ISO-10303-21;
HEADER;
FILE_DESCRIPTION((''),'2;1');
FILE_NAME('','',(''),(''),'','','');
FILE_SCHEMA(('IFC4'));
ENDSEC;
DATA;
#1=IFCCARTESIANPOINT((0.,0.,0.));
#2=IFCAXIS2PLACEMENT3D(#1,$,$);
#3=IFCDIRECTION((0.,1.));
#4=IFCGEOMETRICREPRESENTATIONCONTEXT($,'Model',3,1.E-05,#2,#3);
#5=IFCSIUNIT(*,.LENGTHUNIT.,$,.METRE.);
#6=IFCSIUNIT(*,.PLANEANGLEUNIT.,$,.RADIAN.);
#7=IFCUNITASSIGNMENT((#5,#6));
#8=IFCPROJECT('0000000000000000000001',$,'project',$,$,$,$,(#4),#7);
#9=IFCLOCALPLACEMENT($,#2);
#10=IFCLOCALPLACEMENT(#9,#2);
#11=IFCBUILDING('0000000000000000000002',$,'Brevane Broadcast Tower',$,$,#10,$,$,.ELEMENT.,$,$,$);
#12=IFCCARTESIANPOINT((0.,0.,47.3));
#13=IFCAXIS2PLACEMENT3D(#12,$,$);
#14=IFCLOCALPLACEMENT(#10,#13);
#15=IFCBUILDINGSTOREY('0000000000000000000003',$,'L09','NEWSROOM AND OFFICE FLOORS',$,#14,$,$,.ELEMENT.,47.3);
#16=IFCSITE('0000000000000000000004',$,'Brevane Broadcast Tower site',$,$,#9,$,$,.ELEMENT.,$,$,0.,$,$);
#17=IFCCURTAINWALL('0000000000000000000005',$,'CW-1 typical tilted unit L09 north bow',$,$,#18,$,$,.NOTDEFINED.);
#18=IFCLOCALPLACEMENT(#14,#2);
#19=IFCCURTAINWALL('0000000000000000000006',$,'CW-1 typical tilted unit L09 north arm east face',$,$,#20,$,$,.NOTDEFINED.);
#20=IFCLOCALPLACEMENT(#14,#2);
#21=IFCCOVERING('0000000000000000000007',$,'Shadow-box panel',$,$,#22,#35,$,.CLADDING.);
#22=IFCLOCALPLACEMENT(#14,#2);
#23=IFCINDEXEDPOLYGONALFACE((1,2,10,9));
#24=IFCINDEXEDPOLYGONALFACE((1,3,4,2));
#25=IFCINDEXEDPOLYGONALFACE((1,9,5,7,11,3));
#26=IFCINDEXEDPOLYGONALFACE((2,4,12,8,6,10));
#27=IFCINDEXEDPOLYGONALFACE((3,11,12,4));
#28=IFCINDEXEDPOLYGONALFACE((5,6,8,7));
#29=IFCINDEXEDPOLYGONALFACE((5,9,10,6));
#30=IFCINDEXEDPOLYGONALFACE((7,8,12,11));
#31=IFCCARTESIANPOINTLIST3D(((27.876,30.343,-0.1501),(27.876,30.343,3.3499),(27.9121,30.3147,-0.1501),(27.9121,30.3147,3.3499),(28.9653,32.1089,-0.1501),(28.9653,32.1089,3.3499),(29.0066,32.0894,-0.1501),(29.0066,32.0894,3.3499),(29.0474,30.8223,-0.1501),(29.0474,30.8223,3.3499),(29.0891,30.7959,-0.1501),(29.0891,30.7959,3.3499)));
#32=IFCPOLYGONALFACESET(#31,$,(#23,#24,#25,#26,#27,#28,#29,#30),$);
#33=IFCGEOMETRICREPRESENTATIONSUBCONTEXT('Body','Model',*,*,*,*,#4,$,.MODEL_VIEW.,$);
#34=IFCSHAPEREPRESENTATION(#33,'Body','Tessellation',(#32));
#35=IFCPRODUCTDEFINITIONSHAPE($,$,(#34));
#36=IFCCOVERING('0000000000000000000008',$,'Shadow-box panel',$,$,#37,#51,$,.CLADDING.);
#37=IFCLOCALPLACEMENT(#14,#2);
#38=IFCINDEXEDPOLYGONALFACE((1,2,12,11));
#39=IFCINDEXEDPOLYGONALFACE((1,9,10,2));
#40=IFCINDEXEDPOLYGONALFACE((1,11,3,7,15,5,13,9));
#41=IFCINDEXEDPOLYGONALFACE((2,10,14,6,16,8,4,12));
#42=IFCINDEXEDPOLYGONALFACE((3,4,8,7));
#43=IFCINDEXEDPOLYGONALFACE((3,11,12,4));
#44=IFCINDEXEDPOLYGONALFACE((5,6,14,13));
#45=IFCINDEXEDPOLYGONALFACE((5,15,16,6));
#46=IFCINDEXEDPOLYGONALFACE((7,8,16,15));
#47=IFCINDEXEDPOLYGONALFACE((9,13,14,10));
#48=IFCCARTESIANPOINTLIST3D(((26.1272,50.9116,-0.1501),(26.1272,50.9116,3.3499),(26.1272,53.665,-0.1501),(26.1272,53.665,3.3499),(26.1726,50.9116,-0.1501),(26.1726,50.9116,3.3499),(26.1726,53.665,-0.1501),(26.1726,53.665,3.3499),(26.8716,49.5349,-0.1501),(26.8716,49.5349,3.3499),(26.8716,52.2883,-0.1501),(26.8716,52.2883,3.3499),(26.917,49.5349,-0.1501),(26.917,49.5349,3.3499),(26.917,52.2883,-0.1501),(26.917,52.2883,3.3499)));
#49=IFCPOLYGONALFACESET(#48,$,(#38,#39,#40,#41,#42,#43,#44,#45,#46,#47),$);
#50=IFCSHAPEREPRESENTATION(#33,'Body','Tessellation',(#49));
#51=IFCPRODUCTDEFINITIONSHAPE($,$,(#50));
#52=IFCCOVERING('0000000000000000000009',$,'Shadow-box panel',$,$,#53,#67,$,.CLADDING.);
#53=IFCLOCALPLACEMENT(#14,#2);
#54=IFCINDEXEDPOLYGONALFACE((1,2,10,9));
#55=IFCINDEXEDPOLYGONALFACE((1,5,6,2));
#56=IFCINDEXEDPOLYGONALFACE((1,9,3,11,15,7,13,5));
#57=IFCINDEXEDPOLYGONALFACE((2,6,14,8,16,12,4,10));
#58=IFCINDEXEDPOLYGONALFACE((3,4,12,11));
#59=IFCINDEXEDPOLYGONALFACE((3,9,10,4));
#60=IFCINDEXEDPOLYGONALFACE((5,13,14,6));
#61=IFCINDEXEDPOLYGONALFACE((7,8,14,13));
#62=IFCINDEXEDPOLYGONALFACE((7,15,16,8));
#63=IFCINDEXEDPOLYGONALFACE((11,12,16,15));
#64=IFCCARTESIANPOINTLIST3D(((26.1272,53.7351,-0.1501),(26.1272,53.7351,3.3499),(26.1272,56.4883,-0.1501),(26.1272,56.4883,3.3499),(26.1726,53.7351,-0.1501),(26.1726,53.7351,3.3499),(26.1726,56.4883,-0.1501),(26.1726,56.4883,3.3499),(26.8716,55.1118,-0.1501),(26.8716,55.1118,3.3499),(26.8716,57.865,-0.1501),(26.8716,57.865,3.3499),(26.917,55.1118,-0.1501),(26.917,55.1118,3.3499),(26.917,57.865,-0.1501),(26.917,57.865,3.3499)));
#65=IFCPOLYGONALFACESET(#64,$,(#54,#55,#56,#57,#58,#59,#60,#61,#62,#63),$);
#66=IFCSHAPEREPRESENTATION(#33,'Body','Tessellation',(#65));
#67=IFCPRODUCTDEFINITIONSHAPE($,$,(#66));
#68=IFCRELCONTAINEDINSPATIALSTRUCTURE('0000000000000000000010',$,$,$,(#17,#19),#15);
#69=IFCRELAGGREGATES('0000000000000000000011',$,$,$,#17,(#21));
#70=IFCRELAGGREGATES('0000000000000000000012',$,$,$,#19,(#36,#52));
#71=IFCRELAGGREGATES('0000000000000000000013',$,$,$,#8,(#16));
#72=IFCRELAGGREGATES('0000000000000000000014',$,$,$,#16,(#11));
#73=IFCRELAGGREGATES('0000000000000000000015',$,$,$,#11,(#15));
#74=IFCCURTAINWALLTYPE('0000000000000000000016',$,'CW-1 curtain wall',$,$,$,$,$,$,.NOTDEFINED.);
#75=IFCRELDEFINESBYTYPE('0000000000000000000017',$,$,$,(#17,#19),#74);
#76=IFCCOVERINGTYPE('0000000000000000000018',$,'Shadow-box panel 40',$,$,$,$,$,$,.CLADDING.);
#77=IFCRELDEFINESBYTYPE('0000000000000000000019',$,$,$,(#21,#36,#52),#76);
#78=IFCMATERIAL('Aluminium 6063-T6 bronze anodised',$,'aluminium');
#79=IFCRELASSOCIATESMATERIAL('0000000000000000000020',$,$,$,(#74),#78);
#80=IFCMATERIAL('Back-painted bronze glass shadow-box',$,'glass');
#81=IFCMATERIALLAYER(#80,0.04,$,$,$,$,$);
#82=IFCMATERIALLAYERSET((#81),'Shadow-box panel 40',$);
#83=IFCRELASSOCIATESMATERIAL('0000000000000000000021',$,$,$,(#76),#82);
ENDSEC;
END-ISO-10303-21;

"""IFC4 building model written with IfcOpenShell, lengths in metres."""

from ifc_helpers import new_model, si_unit, direction, frame, origin, place, context, subcontext, project, spatial, polyline, outline, extrude, material, layer, layer_set, type_object, element, aggregate, save


model = new_model("IFC4")

# Units and contexts
model_context = context("Model", 3, precision=1e-05, world=origin(), true_north=direction((0.0, 1.0)))
body_context = subcontext(model_context, "Body", "Model", "MODEL_VIEW")
ifc_project = project(units=[si_unit("LENGTHUNIT", "METRE"), si_unit("PLANEANGLEUNIT", "RADIAN")], contexts=[model_context])

# Site, building, storey
site_placement = place(None, origin())
site = spatial("IfcSite", under=ifc_project, at=site_placement, Name="Brevane Broadcast Tower site", CompositionType="ELEMENT", RefElevation=0.0)
building_placement = place(site_placement, origin())
building = spatial("IfcBuilding", under=site, at=building_placement, Name="Brevane Broadcast Tower", CompositionType="ELEMENT")
storey_placement = place(building_placement, frame((0.0, 0.0, 47.3)))
storey = spatial("IfcBuildingStorey", under=building, at=storey_placement, Name="L09", Description="NEWSROOM AND OFFICE FLOORS", CompositionType="ELEMENT", Elevation=47.3)

# Shared definitions
ifc_material_1 = material(Name="Aluminium 6063-T6 bronze anodised", Category="aluminium")
curtain_wall_type = type_object("IfcCurtainWallType", Name="CW-1 curtain wall", PredefinedType="NOTDEFINED", material=ifc_material_1)

# Curtain walls
curtain_wall_1_placement = place(storey_placement, origin())
curtain_wall_1 = element("IfcCurtainWall", 1, at=curtain_wall_1_placement, inside=storey, type_object=curtain_wall_type, Name="CW-1 typical tilted unit L09 north bow", PredefinedType="NOTDEFINED")
curtain_wall_2_placement = place(storey_placement, origin())
curtain_wall_2 = element("IfcCurtainWall", 2, at=curtain_wall_2_placement, inside=storey, type_object=curtain_wall_type, Name="CW-1 typical tilted unit L09 north arm east face", PredefinedType="NOTDEFINED")

# Coverings
ifc_material_2 = material(Name="Back-painted bronze glass shadow-box", Category="glass")
ifc_layer_1 = layer(ifc_material_2, 0.04)
ifc_layer_set_1 = layer_set([ifc_layer_1], Name="Shadow-box panel 40")
covering_type = type_object("IfcCoveringType", Name="Shadow-box panel 40", PredefinedType="CLADDING", material=ifc_layer_set_1)
covering_1_placement = place(storey_placement, frame((0.0, 0.0, -0.1501)))
covering_1 = element("IfcCovering", 3, at=covering_1_placement, type_object=covering_type, Name="Shadow-box panel", PredefinedType="CLADDING", context=body_context, shape_type="SweptSolid", body=[
    extrude(outline(polyline([(27.876, 30.343), (27.9121, 30.3147), (29.0891, 30.7959), (29.0066, 32.0894), (28.9653, 32.1089), (29.0474, 30.8223), (27.876, 30.343)])), origin(), (0.0, 0.0, 1.0), 3.5),
])
aggregate(curtain_wall_1, [covering_1])
covering_2_placement = place(storey_placement, frame((0.0, 0.0, -0.1501)))
covering_2 = element("IfcCovering", 4, at=covering_2_placement, type_object=covering_type, Name="Shadow-box panel", PredefinedType="CLADDING", context=body_context, shape_type="SweptSolid", body=[
    extrude(outline(polyline([(26.8716, 49.5349), (26.917, 49.5349), (26.1726, 50.9116), (26.917, 52.2883), (26.1726, 53.665), (26.1272, 53.665), (26.8716, 52.2883), (26.1272, 50.9116), (26.8716, 49.5349)])), origin(), (0.0, 0.0, 1.0), 3.5),
])
covering_3_placement = place(storey_placement, frame((0.0, 0.0, -0.1501)))
covering_3 = element("IfcCovering", 5, at=covering_3_placement, type_object=covering_type, Name="Shadow-box panel", PredefinedType="CLADDING", context=body_context, shape_type="SweptSolid", body=[
    extrude(outline(polyline([(26.1272, 53.7351), (26.1726, 53.7351), (26.917, 55.1118), (26.1726, 56.4883), (26.917, 57.865), (26.8716, 57.865), (26.1272, 56.4883), (26.8716, 55.1118), (26.1272, 53.7351)])), origin(), (0.0, 0.0, 1.0), 3.5),
])
aggregate(curtain_wall_2, [covering_2, covering_3])

save(model, "model.ifc")
